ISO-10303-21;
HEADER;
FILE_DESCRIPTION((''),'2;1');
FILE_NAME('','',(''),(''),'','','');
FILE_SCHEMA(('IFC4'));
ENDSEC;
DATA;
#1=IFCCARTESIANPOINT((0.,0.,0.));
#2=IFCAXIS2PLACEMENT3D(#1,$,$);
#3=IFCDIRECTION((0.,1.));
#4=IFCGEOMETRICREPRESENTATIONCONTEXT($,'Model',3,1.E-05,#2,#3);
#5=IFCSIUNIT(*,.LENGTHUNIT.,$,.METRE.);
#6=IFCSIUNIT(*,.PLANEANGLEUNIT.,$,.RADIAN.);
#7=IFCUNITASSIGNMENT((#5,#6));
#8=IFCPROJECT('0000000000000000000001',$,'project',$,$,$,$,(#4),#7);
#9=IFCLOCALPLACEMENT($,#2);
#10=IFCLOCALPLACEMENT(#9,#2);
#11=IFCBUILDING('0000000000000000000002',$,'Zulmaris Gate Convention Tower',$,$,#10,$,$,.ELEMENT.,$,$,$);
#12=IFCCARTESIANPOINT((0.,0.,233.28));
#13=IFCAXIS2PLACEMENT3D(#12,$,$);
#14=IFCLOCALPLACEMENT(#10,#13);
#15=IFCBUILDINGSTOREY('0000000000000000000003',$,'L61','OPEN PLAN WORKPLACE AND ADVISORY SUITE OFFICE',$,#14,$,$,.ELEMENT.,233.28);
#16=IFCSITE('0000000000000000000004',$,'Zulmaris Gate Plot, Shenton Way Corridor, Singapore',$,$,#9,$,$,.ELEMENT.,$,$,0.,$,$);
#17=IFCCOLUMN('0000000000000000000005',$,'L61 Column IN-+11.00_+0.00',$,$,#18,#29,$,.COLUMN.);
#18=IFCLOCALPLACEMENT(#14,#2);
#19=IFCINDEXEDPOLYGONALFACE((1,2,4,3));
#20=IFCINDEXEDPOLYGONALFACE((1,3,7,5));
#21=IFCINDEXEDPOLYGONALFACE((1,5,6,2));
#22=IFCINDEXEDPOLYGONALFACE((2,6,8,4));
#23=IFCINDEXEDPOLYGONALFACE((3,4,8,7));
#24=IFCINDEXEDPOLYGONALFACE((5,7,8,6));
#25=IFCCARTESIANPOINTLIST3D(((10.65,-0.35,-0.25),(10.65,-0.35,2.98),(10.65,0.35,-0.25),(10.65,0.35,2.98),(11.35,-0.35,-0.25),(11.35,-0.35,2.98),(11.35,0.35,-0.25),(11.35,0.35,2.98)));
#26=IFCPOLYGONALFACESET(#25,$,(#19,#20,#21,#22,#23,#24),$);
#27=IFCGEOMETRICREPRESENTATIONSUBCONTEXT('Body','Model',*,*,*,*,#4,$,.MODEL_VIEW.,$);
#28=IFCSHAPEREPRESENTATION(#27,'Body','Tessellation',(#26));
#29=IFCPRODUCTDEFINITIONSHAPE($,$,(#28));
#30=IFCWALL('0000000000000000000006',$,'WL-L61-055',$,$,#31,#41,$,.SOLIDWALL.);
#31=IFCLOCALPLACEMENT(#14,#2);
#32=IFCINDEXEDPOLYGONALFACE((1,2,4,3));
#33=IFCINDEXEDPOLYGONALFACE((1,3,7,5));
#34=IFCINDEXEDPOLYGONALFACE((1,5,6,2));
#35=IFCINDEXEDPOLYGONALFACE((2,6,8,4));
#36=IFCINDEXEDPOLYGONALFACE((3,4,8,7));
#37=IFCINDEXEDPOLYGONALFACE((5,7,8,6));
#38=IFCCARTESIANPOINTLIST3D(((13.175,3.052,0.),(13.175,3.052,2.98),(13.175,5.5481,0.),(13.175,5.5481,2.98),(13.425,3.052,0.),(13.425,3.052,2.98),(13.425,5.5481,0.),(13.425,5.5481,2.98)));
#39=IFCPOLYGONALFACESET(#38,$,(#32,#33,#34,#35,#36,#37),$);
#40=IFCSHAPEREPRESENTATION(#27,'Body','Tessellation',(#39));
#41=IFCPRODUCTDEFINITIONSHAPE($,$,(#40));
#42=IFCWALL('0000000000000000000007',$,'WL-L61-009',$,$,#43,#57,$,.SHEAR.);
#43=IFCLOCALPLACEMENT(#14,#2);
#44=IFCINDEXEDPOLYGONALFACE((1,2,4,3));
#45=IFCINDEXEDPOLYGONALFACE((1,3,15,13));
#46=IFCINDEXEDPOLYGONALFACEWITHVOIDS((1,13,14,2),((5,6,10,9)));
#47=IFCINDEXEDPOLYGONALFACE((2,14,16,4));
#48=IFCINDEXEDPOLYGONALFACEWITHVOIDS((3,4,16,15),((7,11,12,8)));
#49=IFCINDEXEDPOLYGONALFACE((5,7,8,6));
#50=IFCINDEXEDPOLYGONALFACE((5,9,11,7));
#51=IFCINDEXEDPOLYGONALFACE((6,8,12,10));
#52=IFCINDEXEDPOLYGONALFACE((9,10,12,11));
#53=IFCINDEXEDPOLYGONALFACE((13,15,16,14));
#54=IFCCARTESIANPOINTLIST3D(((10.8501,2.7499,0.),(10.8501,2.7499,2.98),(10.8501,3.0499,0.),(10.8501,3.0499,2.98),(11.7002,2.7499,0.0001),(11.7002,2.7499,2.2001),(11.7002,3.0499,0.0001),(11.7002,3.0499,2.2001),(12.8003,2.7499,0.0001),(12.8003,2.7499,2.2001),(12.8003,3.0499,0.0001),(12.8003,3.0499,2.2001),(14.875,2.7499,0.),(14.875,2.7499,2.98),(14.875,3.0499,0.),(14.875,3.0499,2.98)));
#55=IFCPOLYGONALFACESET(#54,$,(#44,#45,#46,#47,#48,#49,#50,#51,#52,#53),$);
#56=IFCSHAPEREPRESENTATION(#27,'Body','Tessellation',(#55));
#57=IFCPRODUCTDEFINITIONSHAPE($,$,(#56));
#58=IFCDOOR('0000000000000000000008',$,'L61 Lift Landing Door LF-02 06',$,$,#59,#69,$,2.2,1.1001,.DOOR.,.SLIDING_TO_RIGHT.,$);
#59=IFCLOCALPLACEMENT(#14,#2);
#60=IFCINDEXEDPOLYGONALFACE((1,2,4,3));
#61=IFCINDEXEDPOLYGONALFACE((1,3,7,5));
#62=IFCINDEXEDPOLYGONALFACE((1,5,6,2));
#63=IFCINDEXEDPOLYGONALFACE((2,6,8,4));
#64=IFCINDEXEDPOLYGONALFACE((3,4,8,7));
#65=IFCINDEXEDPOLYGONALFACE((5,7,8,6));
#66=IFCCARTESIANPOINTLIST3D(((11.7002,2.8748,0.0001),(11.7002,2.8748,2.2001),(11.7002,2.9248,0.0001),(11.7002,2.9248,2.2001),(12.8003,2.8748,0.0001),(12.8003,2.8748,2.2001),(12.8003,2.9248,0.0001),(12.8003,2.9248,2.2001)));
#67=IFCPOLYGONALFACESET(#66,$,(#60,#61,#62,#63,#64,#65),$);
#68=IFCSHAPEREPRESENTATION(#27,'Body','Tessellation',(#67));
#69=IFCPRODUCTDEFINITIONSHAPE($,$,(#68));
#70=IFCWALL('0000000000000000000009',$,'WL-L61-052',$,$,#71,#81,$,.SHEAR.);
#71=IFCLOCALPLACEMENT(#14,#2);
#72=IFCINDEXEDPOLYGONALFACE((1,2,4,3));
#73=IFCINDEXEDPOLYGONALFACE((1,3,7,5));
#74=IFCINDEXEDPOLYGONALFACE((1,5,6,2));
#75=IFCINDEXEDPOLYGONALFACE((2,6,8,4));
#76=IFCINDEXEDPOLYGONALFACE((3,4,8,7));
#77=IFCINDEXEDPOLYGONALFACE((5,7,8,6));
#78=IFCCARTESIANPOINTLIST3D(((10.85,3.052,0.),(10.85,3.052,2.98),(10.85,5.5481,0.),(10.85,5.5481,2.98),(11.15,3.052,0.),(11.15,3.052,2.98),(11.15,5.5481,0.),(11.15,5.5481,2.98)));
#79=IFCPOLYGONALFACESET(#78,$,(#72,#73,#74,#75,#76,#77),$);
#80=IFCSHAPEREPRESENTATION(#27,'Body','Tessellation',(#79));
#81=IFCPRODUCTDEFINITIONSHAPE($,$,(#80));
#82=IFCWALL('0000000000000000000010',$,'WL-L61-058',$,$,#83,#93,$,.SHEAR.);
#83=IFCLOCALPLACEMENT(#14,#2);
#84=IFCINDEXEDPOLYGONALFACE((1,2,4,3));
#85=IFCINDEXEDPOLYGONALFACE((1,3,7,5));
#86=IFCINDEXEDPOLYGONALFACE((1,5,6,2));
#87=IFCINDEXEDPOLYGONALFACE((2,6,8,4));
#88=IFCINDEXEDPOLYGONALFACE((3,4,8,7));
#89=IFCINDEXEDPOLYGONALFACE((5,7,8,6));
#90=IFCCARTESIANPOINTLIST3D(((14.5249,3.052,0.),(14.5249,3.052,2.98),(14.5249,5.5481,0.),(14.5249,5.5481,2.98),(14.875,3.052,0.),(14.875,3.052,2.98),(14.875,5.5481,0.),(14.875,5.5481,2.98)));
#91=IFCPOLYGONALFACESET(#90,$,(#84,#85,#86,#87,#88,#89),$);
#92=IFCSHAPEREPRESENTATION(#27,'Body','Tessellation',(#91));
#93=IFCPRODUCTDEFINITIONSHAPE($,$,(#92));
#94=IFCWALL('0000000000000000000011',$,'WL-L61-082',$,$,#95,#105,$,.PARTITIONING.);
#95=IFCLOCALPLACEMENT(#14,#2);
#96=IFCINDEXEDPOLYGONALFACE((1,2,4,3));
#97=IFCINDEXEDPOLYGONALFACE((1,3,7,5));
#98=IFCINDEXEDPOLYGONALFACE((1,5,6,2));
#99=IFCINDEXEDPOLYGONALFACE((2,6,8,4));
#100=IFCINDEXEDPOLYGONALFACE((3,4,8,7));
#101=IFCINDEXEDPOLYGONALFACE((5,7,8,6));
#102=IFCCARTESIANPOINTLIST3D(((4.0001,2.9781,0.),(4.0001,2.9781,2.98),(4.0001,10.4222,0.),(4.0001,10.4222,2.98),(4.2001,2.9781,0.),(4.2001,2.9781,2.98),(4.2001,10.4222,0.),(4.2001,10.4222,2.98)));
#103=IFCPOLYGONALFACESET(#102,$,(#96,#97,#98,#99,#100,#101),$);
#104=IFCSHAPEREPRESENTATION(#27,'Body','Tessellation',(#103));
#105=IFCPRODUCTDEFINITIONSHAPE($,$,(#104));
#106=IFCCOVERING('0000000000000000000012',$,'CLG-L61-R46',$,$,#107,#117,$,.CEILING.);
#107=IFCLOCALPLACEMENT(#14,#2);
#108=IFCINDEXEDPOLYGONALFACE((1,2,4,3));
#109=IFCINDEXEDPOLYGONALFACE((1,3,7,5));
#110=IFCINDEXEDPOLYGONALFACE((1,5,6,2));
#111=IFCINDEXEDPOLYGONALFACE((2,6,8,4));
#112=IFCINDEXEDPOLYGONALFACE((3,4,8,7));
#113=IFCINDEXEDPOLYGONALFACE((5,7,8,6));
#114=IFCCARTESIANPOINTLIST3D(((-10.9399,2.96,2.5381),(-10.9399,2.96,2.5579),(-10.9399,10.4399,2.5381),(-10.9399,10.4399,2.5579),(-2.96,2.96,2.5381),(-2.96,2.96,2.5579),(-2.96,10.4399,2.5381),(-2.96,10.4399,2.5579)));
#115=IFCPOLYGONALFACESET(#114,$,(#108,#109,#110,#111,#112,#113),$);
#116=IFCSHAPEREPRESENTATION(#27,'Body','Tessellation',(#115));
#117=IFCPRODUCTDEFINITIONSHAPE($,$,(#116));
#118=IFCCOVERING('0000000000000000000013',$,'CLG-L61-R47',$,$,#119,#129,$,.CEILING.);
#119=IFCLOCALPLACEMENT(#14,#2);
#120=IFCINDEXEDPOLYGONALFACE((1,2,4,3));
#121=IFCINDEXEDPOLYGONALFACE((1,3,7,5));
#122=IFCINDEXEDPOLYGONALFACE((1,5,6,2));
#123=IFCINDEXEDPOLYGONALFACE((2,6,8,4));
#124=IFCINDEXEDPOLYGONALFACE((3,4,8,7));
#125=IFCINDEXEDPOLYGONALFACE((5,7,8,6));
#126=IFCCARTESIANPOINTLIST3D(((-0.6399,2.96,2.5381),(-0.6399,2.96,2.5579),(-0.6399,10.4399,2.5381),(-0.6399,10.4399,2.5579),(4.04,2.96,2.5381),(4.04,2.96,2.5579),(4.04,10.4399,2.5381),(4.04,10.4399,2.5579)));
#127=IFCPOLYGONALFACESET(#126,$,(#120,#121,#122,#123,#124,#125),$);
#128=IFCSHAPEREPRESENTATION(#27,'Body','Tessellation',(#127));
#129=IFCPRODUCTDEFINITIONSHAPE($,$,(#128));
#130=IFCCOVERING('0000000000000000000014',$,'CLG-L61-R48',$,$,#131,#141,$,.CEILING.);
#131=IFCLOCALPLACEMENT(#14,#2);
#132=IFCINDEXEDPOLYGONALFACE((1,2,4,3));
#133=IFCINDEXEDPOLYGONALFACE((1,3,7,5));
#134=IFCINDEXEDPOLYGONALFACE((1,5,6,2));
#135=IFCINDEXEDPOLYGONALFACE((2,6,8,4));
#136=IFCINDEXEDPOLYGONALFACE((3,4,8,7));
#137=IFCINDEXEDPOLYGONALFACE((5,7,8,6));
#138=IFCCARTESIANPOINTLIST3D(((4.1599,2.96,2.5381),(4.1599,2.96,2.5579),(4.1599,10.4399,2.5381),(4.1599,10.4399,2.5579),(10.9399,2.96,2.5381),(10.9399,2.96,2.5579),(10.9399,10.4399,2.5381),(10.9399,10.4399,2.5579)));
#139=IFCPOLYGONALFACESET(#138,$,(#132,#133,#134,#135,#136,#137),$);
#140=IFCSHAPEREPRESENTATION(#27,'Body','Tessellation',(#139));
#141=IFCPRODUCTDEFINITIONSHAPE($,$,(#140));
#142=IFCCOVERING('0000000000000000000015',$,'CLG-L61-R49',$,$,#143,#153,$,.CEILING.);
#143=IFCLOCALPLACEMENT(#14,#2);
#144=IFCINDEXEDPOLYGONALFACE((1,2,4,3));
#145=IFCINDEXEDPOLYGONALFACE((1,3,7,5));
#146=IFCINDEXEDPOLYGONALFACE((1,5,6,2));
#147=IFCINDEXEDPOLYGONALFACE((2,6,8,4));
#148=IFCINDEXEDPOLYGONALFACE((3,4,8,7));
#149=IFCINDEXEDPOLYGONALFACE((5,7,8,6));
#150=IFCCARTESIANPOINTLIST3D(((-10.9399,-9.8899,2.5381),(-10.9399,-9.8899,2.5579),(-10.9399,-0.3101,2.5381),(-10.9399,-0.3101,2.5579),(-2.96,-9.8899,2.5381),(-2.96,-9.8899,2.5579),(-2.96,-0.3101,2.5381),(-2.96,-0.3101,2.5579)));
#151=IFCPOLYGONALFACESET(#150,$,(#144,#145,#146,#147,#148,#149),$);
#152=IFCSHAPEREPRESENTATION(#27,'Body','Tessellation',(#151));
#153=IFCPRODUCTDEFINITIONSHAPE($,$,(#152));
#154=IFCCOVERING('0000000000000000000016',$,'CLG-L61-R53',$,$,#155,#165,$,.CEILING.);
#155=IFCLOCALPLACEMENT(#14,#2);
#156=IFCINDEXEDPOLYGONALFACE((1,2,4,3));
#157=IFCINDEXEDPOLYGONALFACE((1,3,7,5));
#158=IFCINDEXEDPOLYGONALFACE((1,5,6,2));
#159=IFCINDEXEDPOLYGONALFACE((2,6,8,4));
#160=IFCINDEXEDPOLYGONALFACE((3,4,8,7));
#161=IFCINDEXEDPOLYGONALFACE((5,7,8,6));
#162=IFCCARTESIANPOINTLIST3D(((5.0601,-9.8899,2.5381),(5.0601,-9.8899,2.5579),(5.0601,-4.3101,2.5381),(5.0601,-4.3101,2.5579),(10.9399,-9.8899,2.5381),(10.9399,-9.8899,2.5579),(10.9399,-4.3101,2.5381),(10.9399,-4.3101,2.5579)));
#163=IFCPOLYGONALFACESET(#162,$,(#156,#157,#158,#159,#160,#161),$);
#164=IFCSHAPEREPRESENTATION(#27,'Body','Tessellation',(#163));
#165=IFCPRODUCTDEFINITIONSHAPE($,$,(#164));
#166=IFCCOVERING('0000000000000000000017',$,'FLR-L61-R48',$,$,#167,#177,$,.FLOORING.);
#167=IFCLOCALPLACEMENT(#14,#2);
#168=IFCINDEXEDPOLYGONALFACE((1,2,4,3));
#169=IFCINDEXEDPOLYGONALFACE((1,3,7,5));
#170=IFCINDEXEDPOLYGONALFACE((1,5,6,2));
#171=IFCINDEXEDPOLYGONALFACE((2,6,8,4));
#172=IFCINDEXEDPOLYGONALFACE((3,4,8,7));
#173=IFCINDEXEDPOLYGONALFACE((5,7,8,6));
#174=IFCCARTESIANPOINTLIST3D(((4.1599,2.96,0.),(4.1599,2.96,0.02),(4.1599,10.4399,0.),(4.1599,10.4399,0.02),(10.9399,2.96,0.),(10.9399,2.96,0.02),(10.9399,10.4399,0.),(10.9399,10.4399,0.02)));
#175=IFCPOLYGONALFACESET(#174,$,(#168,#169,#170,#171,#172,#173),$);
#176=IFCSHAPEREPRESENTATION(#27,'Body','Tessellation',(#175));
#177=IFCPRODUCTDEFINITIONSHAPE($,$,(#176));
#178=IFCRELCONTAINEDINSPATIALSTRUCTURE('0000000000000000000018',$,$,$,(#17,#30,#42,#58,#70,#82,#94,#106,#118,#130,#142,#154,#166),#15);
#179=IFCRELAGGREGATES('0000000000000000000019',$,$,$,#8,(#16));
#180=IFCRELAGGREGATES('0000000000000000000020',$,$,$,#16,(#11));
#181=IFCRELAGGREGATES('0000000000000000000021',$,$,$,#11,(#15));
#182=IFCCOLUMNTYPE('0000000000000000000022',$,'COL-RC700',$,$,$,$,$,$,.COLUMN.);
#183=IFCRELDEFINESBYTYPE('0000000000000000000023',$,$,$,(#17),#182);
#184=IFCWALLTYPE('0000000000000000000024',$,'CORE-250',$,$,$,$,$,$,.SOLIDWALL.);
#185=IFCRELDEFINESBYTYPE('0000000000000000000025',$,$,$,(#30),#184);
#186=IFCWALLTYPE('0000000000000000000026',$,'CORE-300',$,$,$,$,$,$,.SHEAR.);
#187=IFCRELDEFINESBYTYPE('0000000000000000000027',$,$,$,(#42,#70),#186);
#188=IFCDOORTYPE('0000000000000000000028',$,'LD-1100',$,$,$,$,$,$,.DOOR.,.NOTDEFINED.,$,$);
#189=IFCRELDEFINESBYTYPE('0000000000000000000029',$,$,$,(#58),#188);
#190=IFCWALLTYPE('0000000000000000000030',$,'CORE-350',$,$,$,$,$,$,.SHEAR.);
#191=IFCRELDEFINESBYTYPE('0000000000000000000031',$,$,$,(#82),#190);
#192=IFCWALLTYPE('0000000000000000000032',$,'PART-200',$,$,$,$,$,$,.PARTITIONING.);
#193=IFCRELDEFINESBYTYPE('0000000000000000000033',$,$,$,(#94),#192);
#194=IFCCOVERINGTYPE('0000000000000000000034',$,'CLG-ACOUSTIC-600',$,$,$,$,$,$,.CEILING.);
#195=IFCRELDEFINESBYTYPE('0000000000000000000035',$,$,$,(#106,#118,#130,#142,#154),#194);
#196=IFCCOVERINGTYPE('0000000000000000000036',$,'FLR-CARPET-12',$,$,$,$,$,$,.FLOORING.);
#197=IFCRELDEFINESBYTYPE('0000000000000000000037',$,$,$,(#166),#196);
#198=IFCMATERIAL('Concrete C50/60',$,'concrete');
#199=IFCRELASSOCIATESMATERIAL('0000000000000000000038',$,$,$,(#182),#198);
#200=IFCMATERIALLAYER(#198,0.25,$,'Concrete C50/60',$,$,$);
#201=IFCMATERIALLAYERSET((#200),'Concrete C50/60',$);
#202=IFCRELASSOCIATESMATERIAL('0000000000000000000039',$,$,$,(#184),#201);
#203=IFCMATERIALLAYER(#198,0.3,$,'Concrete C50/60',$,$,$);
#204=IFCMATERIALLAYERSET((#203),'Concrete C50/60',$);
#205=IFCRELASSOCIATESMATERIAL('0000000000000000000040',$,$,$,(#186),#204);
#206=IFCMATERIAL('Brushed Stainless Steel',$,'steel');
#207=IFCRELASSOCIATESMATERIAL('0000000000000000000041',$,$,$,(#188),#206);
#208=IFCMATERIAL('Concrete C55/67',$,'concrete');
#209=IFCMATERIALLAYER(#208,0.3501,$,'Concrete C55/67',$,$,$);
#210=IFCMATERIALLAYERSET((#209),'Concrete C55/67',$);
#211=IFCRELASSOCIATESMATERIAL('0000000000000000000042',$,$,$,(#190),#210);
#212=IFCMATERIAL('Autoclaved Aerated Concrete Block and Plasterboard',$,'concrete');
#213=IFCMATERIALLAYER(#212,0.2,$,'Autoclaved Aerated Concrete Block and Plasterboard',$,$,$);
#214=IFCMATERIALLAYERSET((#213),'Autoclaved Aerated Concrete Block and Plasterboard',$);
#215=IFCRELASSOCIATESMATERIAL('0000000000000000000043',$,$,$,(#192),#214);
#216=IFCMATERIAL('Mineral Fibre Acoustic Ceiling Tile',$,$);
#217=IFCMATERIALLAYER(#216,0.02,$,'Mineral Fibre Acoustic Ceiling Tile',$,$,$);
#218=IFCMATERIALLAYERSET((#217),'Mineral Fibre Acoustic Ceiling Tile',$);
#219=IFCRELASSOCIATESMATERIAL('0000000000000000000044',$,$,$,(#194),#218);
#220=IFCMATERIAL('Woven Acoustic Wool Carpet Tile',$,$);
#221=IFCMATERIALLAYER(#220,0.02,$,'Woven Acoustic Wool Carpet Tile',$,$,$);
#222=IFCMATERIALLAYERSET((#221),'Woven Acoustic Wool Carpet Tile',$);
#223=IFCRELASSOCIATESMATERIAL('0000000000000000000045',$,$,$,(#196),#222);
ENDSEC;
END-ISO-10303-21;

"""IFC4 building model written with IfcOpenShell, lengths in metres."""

from ifc_helpers import new_model, si_unit, direction, frame, frame_2d, origin, origin_2d, place, context, subcontext, project, spatial, polyline, rectangle, outline, extrude, material, layer, layer_set, material_profile, profile_set, type_object, element, fill, save


model = new_model("IFC4")

# Units and contexts
model_context = context("Model", 3, precision=1e-05, world=origin(), true_north=direction((0.0, 1.0)))
body_context = subcontext(model_context, "Body", "Model", "MODEL_VIEW")
ifc_project = project(units=[si_unit("LENGTHUNIT", "METRE"), si_unit("PLANEANGLEUNIT", "RADIAN")], contexts=[model_context])

# Site, building, storey
site_placement = place(None, origin())
site = spatial("IfcSite", under=ifc_project, at=site_placement, Name="Zulmaris Gate Plot, Shenton Way Corridor, Singapore", CompositionType="ELEMENT", RefElevation=0.0)
building_placement = place(site_placement, origin())
building = spatial("IfcBuilding", under=site, at=building_placement, Name="Zulmaris Gate Convention Tower", CompositionType="ELEMENT")
storey_placement = place(building_placement, frame((0.0, 0.0, 233.28)))
storey = spatial("IfcBuildingStorey", under=building, at=storey_placement, Name="L61", Description="OPEN PLAN WORKPLACE AND ADVISORY SUITE OFFICE", CompositionType="ELEMENT", Elevation=233.28)

# Column
ifc_material_1 = material(Name="Concrete C50/60", Category="concrete")
ifc_material_profile = material_profile(ifc_material_1, rectangle(XDim=0.7, YDim=0.7, at=origin_2d()), Name="RC COL 700x700")
ifc_profile_set = profile_set([ifc_material_profile], Name="Concrete C50/60")
column_type = type_object("IfcColumnType", Name="COL-RC700", PredefinedType="COLUMN", material=ifc_profile_set)
column_placement = place(storey_placement, frame((11.0, 0.0, -0.25), z_axis=(0.0, 0.0, 1.0), x_axis=(1.0, 0.0, 0.0)))
element("IfcColumn", 1, at=column_placement, inside=storey, type_object=column_type, Name="L61 Column IN-+11.00_+0.00", PredefinedType="COLUMN", context=body_context, shape_type="SweptSolid", body=[
    extrude(rectangle(XDim=0.7, YDim=0.7, at=origin_2d()), origin(), (0.0, 0.0, 1.0), 3.23),
])

# Wall
ifc_layer_1 = layer(ifc_material_1, 0.25, Name="Concrete C50/60")
ifc_layer_set_1 = layer_set([ifc_layer_1], Name="Concrete C50/60")
wall_type_1 = type_object("IfcWallType", Name="CORE-250", PredefinedType="SOLIDWALL", material=ifc_layer_set_1)
wall_1_placement = place(storey_placement, frame((13.3, 3.052, 0.0), z_axis=(0.0, 0.0, 1.0), x_axis=(0.0, 1.0, 0.0)))
element("IfcWall", 2, at=wall_1_placement, inside=storey, type_object=wall_type_1, Name="WL-L61-055", PredefinedType="SOLIDWALL", context=body_context, shape_type="SweptSolid", body=[
    extrude(rectangle(XDim=2.4961, YDim=0.25, at=frame_2d((1.248, 0.0))), origin(), (0.0, 0.0, 1.0), 2.98),
])

# Wall, opening, door
ifc_layer_2 = layer(ifc_material_1, 0.3, Name="Concrete C50/60")
ifc_layer_set_2 = layer_set([ifc_layer_2], Name="Concrete C50/60")
wall_type_2 = type_object("IfcWallType", Name="CORE-300", PredefinedType="SHEAR", material=ifc_layer_set_2)
wall_2_placement = place(storey_placement, frame((10.8501, 2.8999, 0.0), z_axis=(0.0, 0.0, 1.0), x_axis=(1.0, 0.0, 0.0)))
wall_2 = element("IfcWall", 3, at=wall_2_placement, inside=storey, type_object=wall_type_2, Name="WL-L61-009", PredefinedType="SHEAR", context=body_context, shape_type="SweptSolid", body=[
    extrude(rectangle(XDim=4.0249, YDim=0.3, at=frame_2d((2.0125, 0.0))), origin(), (0.0, 0.0, 1.0), 2.98),
])
opening_1_placement = place(wall_2_placement, frame((0.8501, 0.0, 0.0)))
opening_1 = element("IfcOpeningElement", 4, at=opening_1_placement, cuts=wall_2, PredefinedType="OPENING", context=body_context, shape_type="SweptSolid", body=[
    extrude(rectangle(XDim=1.1001, YDim=2.2, at=frame_2d((0.55, 1.1001))), frame((0.0, 0.1602, 0.0), z_axis=(0.0, -1.0, 0.0), x_axis=(1.0, 0.0, 0.0)), (0.0, 0.0, 1.0), 0.3201),
])
ifc_material_2 = material(Name="Brushed Stainless Steel", Category="steel")
door_type_1 = type_object("IfcDoorType", Name="LD-1100", OperationType="NOTDEFINED", PredefinedType="DOOR", material=ifc_material_2)
door_1_placement = place(opening_1_placement, origin())
door_1 = element("IfcDoor", 5, at=door_1_placement, inside=storey, type_object=door_type_1, Name="L61 Lift Landing Door LF-02 06", OperationType="SLIDING_TO_RIGHT", OverallHeight=2.2, OverallWidth=1.1001, PredefinedType="DOOR", context=body_context, shape_type="SweptSolid", body=[
    extrude(rectangle(XDim=1.1001, YDim=2.2, at=frame_2d((0.55, 1.1001))), frame((0.0, 0.0249, 0.0), z_axis=(0.0, -1.0, 0.0), x_axis=(1.0, 0.0, 0.0)), (0.0, 0.0, 1.0), 0.05),
])
fill(opening_1, door_1)

# Walls
wall_3_placement = place(storey_placement, frame((11.0, 3.052, 0.0), z_axis=(0.0, 0.0, 1.0), x_axis=(0.0, 1.0, 0.0)))
element("IfcWall", 6, at=wall_3_placement, inside=storey, type_object=wall_type_2, Name="WL-L61-052", PredefinedType="SHEAR", context=body_context, shape_type="SweptSolid", body=[
    extrude(rectangle(XDim=2.4961, YDim=0.3, at=frame_2d((1.248, 0.0))), origin(), (0.0, 0.0, 1.0), 2.98),
])
ifc_material_3 = material(Name="Concrete C55/67", Category="concrete")
ifc_layer_3 = layer(ifc_material_3, 0.3501, Name="Concrete C55/67")
ifc_layer_set_3 = layer_set([ifc_layer_3], Name="Concrete C55/67")
wall_type_3 = type_object("IfcWallType", Name="CORE-350", PredefinedType="SHEAR", material=ifc_layer_set_3)
wall_4_placement = place(storey_placement, frame((14.7, 3.052, 0.0), z_axis=(0.0, 0.0, 1.0), x_axis=(0.0, 1.0, 0.0)))
element("IfcWall", 7, at=wall_4_placement, inside=storey, type_object=wall_type_3, Name="WL-L61-058", PredefinedType="SHEAR", context=body_context, shape_type="SweptSolid", body=[
    extrude(rectangle(XDim=2.4961, YDim=0.3501, at=frame_2d((1.248, 0.0))), origin(), (0.0, 0.0, 1.0), 2.98),
])
ifc_material_4 = material(Name="Autoclaved Aerated Concrete Block and Plasterboard", Category="concrete")
ifc_layer_4 = layer(ifc_material_4, 0.2, Name="Autoclaved Aerated Concrete Block and Plasterboard")
ifc_layer_set_4 = layer_set([ifc_layer_4], Name="Autoclaved Aerated Concrete Block and Plasterboard")
wall_type_4 = type_object("IfcWallType", Name="PART-200", PredefinedType="PARTITIONING", material=ifc_layer_set_4)
wall_5_placement = place(storey_placement, frame((4.1001, 2.978, 0.0), z_axis=(0.0, 0.0, 1.0), x_axis=(0.0, 1.0, 0.0)))
element("IfcWall", 8, at=wall_5_placement, inside=storey, type_object=wall_type_4, Name="WL-L61-082", PredefinedType="PARTITIONING", context=body_context, shape_type="SweptSolid", body=[
    extrude(rectangle(XDim=7.4441, YDim=0.2, at=frame_2d((3.7222, 0.0))), origin(), (0.0, 0.0, 1.0), 2.98),
])

# Coverings
ifc_material_5 = material(Name="Mineral Fibre Acoustic Ceiling Tile")
ifc_layer_5 = layer(ifc_material_5, 0.02, Name="Mineral Fibre Acoustic Ceiling Tile")
ifc_layer_set_5 = layer_set([ifc_layer_5], Name="Mineral Fibre Acoustic Ceiling Tile")
covering_type_1 = type_object("IfcCoveringType", Name="CLG-ACOUSTIC-600", PredefinedType="CEILING", material=ifc_layer_set_5)
covering_1_placement = place(storey_placement, frame((0.0, 0.0, 2.5381)))
element("IfcCovering", 9, at=covering_1_placement, inside=storey, type_object=covering_type_1, Name="CLG-L61-R46", PredefinedType="CEILING", context=body_context, shape_type="SweptSolid", body=[
    extrude(outline(polyline([(-10.9399, 2.96), (-2.96, 2.96), (-2.96, 10.4399), (-10.9399, 10.4399), (-10.9399, 2.96)])), origin(), (0.0, 0.0, 1.0), 0.0198),
])
covering_2_placement = place(storey_placement, frame((0.0, 0.0, 2.5381)))
element("IfcCovering", 10, at=covering_2_placement, inside=storey, type_object=covering_type_1, Name="CLG-L61-R47", PredefinedType="CEILING", context=body_context, shape_type="SweptSolid", body=[
    extrude(outline(polyline([(-0.6399, 2.96), (4.04, 2.96), (4.04, 10.4399), (-0.6399, 10.4399), (-0.6399, 2.96)])), origin(), (0.0, 0.0, 1.0), 0.0198),
])
covering_3_placement = place(storey_placement, frame((0.0, 0.0, 2.5381)))
element("IfcCovering", 11, at=covering_3_placement, inside=storey, type_object=covering_type_1, Name="CLG-L61-R48", PredefinedType="CEILING", context=body_context, shape_type="SweptSolid", body=[
    extrude(outline(polyline([(4.1599, 2.96), (10.9399, 2.96), (10.9399, 10.4399), (4.1599, 10.4399), (4.1599, 2.96)])), origin(), (0.0, 0.0, 1.0), 0.0198),
])
covering_4_placement = place(storey_placement, frame((0.0, 0.0, 2.5381)))
element("IfcCovering", 12, at=covering_4_placement, inside=storey, type_object=covering_type_1, Name="CLG-L61-R49", PredefinedType="CEILING", context=body_context, shape_type="SweptSolid", body=[
    extrude(outline(polyline([(-10.9399, -9.8899), (-2.96, -9.8899), (-2.96, -0.3101), (-10.9399, -0.3101), (-10.9399, -9.8899)])), origin(), (0.0, 0.0, 1.0), 0.0198),
])
covering_5_placement = place(storey_placement, frame((0.0, 0.0, 2.5381)))
element("IfcCovering", 13, at=covering_5_placement, inside=storey, type_object=covering_type_1, Name="CLG-L61-R53", PredefinedType="CEILING", context=body_context, shape_type="SweptSolid", body=[
    extrude(outline(polyline([(5.0601, -9.8899), (10.9399, -9.8899), (10.9399, -4.3101), (5.0601, -4.3101), (5.0601, -9.8899)])), origin(), (0.0, 0.0, 1.0), 0.0198),
])
ifc_material_6 = material(Name="Woven Acoustic Wool Carpet Tile")
ifc_layer_6 = layer(ifc_material_6, 0.02, Name="Woven Acoustic Wool Carpet Tile")
ifc_layer_set_6 = layer_set([ifc_layer_6], Name="Woven Acoustic Wool Carpet Tile")
covering_type_2 = type_object("IfcCoveringType", Name="FLR-CARPET-12", PredefinedType="FLOORING", material=ifc_layer_set_6)
covering_6_placement = place(storey_placement, origin())
element("IfcCovering", 14, at=covering_6_placement, inside=storey, type_object=covering_type_2, Name="FLR-L61-R48", PredefinedType="FLOORING", context=body_context, shape_type="SweptSolid", body=[
    extrude(outline(polyline([(4.1599, 2.96), (10.9399, 2.96), (10.9399, 10.4399), (4.1599, 10.4399), (4.1599, 2.96)])), origin(), (0.0, 0.0, 1.0), 0.02),
])

save(model, "model.ifc")
